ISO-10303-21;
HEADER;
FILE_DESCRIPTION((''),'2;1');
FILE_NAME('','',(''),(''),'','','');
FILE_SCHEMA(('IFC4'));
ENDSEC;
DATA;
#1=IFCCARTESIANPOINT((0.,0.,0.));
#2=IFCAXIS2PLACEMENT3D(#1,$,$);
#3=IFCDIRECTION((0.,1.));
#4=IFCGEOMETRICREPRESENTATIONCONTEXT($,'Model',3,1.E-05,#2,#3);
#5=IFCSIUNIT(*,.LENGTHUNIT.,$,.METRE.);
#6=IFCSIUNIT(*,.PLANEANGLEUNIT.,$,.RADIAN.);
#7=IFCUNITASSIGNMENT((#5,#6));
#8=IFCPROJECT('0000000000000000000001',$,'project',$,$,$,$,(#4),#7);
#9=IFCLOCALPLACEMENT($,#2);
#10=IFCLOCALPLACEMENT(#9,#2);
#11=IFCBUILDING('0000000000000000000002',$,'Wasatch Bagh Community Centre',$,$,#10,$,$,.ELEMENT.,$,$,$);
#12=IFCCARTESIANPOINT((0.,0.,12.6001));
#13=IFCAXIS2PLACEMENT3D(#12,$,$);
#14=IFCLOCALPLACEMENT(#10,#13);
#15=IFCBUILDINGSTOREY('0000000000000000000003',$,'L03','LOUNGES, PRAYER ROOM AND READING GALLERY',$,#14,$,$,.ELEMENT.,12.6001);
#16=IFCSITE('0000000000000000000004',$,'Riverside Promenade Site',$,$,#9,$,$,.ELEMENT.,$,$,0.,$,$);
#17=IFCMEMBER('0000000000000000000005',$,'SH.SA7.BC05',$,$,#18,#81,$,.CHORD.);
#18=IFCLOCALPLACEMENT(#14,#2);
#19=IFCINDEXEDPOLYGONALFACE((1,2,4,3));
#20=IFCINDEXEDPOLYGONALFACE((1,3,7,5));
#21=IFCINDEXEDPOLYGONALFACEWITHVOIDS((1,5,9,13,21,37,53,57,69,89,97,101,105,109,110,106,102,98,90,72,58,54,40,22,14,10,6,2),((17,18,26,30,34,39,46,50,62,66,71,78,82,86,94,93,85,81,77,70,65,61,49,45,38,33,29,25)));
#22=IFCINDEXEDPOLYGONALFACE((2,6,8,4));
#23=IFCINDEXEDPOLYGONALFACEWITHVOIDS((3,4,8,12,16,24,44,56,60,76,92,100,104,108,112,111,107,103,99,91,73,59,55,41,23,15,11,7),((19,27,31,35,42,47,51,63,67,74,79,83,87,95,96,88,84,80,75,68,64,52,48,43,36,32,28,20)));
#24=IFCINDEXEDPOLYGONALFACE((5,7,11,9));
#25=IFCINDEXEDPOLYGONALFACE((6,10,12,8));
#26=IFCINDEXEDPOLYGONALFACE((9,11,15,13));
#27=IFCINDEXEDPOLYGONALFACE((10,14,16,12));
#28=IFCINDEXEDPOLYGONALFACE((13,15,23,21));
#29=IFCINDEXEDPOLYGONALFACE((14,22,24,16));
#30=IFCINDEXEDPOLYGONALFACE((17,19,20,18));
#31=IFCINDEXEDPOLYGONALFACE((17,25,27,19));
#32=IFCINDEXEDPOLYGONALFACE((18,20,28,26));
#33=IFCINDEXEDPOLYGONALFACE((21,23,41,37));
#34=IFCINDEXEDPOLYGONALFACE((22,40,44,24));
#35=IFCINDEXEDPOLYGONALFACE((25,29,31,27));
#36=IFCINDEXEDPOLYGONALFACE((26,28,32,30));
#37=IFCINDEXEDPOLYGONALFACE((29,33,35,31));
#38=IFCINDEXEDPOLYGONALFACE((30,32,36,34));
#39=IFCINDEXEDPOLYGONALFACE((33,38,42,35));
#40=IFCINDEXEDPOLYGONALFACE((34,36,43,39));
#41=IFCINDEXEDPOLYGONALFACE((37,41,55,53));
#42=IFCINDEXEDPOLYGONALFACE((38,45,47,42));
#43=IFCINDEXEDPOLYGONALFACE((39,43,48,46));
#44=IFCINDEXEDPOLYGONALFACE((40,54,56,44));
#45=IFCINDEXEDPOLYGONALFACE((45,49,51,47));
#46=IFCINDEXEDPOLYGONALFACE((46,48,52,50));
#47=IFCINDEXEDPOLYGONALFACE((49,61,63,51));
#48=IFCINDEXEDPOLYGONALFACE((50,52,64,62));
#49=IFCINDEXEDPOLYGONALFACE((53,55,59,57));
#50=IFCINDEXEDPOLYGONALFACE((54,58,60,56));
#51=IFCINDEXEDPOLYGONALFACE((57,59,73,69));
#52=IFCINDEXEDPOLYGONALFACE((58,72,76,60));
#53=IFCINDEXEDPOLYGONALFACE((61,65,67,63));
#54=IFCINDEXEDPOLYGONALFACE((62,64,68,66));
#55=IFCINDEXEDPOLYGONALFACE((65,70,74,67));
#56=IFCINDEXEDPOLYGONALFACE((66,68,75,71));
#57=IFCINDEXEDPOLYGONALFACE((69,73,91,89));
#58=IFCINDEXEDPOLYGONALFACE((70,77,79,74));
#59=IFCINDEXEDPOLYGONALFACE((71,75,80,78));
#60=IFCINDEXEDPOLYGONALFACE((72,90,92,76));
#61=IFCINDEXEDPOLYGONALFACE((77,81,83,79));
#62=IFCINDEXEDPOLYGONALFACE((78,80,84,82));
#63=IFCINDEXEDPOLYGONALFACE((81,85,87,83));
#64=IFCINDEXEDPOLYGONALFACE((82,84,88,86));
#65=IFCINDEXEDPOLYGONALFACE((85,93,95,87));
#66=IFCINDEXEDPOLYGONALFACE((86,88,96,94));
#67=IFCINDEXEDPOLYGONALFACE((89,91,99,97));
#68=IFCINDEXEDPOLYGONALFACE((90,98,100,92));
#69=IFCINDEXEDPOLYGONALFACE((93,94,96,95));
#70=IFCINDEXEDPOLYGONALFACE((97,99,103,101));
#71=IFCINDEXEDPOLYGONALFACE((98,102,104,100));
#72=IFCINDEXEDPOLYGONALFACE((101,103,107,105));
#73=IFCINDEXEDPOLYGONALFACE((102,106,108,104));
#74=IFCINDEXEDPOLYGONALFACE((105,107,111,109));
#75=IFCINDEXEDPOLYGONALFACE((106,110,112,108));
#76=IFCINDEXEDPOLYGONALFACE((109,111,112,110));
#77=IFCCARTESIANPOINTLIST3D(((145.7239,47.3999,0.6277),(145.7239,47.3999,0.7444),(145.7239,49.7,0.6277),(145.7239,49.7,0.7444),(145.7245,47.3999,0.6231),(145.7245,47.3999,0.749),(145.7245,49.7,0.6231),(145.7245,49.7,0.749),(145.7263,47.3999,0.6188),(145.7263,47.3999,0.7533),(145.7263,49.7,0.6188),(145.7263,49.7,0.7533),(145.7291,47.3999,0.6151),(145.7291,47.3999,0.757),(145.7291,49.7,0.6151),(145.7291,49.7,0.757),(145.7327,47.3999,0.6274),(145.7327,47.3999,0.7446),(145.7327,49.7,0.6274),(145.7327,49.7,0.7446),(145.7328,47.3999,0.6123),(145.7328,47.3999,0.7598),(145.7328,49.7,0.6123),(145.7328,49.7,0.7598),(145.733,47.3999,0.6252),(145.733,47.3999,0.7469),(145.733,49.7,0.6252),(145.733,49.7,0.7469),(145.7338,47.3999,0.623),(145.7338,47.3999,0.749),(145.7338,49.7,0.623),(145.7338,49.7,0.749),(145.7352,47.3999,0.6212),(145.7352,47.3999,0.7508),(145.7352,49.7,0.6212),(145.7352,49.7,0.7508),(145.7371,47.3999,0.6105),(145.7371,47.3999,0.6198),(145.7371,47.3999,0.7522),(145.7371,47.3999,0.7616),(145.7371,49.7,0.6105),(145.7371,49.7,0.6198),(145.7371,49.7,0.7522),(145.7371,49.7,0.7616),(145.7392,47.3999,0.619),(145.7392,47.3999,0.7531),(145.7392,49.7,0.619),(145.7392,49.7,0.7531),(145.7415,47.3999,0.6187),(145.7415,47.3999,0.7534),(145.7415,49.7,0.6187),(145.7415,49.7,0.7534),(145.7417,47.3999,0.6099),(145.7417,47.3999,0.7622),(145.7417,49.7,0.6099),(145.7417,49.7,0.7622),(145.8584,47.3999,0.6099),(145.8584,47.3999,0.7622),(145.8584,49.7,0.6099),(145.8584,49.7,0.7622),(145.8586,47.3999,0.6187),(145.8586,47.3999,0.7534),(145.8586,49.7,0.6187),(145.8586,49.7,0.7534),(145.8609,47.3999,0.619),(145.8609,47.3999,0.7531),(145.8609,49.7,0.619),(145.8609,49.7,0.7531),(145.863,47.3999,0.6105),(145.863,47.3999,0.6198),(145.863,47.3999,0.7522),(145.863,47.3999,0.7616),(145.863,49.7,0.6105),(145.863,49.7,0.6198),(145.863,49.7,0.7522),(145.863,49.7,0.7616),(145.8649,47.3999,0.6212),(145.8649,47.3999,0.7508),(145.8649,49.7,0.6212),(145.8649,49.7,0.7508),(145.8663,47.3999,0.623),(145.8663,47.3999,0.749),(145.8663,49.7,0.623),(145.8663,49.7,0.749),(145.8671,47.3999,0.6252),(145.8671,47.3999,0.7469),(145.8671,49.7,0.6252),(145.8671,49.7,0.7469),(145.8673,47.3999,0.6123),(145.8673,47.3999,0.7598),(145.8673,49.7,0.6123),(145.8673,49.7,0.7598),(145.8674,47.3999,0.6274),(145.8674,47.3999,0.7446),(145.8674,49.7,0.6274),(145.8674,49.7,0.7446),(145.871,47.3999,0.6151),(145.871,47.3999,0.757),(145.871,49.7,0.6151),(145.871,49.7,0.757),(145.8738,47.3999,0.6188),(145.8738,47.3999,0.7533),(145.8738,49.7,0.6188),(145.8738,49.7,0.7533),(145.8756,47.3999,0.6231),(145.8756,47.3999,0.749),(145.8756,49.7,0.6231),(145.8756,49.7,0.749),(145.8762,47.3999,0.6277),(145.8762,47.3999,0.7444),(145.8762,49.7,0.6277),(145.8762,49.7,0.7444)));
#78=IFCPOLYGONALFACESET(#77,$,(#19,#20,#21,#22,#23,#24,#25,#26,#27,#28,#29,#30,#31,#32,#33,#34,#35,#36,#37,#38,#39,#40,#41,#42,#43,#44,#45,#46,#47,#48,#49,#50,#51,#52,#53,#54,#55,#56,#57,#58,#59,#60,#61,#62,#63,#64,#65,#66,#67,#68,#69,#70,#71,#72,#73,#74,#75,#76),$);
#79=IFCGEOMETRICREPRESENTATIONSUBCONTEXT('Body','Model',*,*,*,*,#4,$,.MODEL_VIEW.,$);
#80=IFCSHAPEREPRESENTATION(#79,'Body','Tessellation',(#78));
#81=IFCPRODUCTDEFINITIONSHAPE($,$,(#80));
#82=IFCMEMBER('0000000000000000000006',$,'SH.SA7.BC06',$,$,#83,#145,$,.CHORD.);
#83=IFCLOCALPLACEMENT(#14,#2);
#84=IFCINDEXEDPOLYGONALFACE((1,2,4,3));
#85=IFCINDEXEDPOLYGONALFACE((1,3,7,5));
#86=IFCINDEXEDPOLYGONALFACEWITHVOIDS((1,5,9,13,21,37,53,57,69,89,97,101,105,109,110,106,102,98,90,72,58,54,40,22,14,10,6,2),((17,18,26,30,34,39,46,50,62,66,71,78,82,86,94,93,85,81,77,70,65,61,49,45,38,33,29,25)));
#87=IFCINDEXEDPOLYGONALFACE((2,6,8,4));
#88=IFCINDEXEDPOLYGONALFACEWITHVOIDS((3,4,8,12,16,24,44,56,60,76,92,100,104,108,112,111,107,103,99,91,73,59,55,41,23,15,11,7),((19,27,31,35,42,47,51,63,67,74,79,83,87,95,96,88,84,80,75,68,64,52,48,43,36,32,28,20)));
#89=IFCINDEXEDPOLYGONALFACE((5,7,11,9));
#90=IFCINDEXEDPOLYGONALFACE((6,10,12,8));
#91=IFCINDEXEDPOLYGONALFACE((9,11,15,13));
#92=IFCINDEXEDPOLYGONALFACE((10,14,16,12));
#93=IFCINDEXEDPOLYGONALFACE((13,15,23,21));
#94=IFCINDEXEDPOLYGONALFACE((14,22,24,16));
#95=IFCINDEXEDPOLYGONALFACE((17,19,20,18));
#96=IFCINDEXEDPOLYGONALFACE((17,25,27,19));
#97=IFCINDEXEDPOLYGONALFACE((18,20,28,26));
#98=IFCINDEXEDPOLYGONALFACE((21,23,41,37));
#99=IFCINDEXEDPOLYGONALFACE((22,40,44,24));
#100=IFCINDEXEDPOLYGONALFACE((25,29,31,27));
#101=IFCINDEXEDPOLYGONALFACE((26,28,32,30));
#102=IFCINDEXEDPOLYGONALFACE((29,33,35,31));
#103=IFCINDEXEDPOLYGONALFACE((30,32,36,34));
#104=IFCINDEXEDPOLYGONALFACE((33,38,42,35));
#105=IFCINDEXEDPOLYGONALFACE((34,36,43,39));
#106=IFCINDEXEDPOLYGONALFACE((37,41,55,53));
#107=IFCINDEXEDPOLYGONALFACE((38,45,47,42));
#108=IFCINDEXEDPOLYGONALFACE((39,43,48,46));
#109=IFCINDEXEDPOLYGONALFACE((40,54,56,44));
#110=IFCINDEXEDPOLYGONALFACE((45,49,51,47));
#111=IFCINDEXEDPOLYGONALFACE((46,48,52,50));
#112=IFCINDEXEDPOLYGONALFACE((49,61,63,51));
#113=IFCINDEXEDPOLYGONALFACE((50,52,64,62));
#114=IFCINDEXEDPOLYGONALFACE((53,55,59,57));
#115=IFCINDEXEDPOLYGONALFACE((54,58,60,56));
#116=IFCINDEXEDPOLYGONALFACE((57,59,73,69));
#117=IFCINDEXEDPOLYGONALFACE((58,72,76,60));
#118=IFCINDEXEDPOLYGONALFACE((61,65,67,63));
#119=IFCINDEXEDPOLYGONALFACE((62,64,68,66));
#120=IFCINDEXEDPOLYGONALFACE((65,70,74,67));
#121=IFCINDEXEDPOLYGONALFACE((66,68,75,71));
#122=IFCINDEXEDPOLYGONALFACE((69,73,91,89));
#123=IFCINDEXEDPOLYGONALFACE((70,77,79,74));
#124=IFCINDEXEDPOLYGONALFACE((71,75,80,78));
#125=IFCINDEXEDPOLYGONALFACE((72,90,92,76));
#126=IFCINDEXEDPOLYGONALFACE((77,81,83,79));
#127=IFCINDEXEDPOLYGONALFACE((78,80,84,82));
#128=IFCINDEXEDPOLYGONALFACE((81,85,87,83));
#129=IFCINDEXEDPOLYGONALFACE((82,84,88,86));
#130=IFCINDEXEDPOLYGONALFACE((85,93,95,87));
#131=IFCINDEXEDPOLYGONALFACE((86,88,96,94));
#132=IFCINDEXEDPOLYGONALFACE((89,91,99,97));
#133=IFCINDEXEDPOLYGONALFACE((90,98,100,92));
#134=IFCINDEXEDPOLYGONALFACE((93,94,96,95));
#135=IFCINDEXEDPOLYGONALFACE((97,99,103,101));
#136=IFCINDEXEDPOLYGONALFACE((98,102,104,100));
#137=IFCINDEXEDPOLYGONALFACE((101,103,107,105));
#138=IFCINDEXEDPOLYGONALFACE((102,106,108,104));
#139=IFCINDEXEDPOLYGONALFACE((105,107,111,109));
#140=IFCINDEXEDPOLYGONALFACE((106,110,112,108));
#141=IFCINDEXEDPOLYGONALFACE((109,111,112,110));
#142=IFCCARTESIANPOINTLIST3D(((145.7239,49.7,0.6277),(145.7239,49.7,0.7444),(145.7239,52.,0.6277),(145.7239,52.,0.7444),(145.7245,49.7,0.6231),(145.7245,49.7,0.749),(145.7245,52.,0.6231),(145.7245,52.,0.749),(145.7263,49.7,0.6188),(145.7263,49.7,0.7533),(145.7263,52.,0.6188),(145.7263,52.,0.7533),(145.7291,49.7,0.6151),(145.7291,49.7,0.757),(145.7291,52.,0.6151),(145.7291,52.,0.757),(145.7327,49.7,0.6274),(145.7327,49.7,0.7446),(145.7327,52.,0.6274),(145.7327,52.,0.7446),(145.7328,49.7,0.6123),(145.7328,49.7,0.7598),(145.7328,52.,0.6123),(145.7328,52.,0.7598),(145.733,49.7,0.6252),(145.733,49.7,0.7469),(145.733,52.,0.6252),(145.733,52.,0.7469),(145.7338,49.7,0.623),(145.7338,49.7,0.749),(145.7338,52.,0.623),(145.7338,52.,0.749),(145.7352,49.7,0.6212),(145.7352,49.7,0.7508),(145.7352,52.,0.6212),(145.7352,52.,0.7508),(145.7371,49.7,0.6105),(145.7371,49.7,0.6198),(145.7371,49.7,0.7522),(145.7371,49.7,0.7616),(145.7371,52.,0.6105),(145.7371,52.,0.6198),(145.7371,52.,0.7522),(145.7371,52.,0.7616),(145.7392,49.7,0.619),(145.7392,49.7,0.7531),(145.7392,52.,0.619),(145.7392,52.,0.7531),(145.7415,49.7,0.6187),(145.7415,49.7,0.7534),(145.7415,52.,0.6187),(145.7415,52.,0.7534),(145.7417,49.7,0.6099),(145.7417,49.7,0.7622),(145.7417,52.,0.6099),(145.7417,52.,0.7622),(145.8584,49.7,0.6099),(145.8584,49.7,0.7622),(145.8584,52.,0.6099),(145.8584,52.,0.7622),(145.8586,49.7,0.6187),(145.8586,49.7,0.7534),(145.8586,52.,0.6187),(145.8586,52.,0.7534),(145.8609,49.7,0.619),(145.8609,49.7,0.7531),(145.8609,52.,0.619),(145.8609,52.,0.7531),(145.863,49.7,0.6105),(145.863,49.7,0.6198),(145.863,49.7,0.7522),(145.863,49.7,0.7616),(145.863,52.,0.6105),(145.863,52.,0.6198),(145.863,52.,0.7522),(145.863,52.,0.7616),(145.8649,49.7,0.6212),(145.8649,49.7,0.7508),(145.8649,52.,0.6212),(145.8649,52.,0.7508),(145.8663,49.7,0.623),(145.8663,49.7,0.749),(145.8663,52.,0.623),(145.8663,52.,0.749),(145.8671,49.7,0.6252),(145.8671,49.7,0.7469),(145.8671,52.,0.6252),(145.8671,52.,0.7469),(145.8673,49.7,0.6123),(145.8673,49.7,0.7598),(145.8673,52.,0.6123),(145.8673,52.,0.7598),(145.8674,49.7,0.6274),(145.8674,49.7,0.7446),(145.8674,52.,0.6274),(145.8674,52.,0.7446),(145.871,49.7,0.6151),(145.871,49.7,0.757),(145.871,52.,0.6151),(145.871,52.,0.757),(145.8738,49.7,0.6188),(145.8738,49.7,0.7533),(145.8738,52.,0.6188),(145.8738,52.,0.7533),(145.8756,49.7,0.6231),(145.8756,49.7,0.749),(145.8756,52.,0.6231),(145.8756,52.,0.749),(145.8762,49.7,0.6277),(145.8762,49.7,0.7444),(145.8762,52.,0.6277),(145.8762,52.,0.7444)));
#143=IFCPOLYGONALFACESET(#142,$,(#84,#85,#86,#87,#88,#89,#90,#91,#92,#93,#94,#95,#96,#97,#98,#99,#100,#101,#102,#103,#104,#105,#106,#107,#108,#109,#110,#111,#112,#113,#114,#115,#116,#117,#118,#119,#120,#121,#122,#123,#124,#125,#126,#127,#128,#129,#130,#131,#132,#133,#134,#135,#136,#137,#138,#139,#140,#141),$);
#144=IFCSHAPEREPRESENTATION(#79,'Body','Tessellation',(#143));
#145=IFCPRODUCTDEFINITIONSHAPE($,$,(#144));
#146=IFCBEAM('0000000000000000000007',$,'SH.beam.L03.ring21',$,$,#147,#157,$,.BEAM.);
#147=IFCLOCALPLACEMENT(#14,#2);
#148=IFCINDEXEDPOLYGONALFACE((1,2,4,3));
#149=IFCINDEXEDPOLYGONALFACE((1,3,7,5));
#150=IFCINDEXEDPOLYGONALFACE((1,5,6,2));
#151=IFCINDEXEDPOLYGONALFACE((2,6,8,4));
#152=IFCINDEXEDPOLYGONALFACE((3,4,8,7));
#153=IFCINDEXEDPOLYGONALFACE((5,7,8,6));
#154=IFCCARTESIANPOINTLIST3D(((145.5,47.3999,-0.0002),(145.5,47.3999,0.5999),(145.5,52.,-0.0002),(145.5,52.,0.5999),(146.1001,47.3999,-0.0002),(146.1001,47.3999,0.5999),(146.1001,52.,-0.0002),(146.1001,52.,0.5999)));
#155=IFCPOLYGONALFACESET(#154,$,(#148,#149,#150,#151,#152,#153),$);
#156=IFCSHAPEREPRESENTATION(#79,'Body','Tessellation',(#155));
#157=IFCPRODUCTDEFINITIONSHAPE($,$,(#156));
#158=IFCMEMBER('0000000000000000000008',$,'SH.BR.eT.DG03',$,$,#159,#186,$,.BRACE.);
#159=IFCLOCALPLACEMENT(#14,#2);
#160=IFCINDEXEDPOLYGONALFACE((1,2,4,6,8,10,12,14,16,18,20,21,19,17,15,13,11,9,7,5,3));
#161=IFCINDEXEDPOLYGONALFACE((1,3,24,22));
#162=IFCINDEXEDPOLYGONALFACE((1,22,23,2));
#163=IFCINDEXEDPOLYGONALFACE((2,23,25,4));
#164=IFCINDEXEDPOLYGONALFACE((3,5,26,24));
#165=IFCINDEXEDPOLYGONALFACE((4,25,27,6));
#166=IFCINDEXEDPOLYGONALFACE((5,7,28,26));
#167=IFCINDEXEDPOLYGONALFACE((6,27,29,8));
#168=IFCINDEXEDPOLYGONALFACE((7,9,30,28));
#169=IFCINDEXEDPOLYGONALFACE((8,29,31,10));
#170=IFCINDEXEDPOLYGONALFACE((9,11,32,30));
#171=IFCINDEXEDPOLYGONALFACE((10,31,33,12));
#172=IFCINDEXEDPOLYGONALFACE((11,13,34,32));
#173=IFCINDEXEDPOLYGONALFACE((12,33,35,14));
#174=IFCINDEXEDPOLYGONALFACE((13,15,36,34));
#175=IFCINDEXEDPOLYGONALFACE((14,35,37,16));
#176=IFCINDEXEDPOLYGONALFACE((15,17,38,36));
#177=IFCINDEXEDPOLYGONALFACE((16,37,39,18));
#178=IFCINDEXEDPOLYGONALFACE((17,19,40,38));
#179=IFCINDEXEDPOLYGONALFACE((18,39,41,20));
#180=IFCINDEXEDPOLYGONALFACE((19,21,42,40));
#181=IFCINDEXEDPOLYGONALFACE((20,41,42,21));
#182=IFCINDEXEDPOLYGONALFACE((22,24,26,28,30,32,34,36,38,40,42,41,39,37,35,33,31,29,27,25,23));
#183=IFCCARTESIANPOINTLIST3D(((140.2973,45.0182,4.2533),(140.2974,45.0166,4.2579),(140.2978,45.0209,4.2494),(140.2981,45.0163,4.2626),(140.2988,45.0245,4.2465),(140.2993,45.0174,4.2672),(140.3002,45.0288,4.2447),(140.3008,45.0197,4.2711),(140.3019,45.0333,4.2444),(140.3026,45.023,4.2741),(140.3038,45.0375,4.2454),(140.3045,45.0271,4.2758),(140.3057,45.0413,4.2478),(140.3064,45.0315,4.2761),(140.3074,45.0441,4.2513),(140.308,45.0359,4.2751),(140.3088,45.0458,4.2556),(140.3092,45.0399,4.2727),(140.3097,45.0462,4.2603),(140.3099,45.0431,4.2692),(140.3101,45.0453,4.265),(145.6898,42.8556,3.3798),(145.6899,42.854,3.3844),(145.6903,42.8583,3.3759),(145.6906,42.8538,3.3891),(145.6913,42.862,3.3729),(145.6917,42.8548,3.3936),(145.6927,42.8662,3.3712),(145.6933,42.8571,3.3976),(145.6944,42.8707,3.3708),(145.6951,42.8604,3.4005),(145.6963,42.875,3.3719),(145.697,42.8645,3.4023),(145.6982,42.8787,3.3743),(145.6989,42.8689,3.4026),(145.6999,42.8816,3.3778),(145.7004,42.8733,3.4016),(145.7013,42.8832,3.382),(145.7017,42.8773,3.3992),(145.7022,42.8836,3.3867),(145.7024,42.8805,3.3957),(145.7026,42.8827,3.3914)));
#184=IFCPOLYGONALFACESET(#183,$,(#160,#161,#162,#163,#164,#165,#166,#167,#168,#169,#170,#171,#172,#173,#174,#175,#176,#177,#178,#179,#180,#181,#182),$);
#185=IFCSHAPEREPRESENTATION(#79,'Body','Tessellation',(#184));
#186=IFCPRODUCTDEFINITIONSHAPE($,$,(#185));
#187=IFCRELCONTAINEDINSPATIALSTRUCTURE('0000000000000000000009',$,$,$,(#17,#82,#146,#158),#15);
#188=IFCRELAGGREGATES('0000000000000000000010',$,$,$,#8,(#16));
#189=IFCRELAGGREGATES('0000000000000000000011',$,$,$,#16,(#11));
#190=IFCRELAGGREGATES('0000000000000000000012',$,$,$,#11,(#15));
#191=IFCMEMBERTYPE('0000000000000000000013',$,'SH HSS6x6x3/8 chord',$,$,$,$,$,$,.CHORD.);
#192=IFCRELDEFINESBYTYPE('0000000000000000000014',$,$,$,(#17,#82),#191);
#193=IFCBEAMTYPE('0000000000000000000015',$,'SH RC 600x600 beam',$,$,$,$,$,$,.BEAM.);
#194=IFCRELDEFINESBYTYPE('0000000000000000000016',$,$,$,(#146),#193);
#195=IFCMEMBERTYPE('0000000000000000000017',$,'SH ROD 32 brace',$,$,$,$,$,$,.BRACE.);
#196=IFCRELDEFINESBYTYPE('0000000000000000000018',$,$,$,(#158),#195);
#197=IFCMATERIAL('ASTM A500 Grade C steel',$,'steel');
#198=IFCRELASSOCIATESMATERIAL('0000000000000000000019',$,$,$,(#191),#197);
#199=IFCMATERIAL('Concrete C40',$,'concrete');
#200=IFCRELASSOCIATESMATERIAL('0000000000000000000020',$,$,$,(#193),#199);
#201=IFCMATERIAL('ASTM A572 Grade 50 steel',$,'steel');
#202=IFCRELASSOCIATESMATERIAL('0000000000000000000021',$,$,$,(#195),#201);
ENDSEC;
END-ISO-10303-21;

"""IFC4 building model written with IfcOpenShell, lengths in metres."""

from ifc_helpers import new_model, si_unit, direction, frame, origin, origin_2d, place, context, subcontext, project, spatial, rectangle, hollow_rectangle, circle, extrude, material, material_profile, profile_set, type_object, element, save


model = new_model("IFC4")

# Units and contexts
model_context = context("Model", 3, precision=1e-05, world=origin(), true_north=direction((0.0, 1.0)))
body_context = subcontext(model_context, "Body", "Model", "MODEL_VIEW")
ifc_project = project(units=[si_unit("LENGTHUNIT", "METRE"), si_unit("PLANEANGLEUNIT", "RADIAN")], contexts=[model_context])

# Site, building, storey
site_placement = place(None, origin())
site = spatial("IfcSite", under=ifc_project, at=site_placement, Name="Riverside Promenade Site", CompositionType="ELEMENT", RefElevation=0.0)
building_placement = place(site_placement, origin())
building = spatial("IfcBuilding", under=site, at=building_placement, Name="Wasatch Bagh Community Centre", CompositionType="ELEMENT")
storey_placement = place(building_placement, frame((0.0, 0.0, 12.6001)))
storey = spatial("IfcBuildingStorey", under=building, at=storey_placement, Name="L03", Description="LOUNGES, PRAYER ROOM AND READING GALLERY", CompositionType="ELEMENT", Elevation=12.6001)

# Members
ifc_material_1 = material(Name="ASTM A500 Grade C steel", Category="steel")
ifc_material_profile_1 = material_profile(ifc_material_1, hollow_rectangle(XDim=0.1523, YDim=0.1523, WallThickness=0.0088, InnerFilletRadius=0.0088, OuterFilletRadius=0.0178, at=origin_2d()), Name="HSS6x6x3/8")
ifc_profile_set_1 = profile_set([ifc_material_profile_1], Name="ASTM A500 Grade C steel")
member_type_1 = type_object("IfcMemberType", Name="SH HSS6x6x3/8 chord", PredefinedType="CHORD", material=ifc_profile_set_1)
for number, where, z_axis, x_axis, name in (
    (1, (145.8, 47.3999, 0.686), (0.0, 1.0, 0.0), (-1.0, 0.0, 0.0), "SH.SA7.BC05"),
    (2, (145.8, 49.7, 0.686), (0.0, 1.0, 0.0), (-1.0, 0.0, 0.0), "SH.SA7.BC06"),
):
    element("IfcMember", number, at=place(storey_placement, frame(where, z_axis=z_axis, x_axis=x_axis)), inside=storey, type_object=member_type_1, Name=name, PredefinedType="CHORD", context=body_context, shape_type="SweptSolid", body=[
        extrude(hollow_rectangle(XDim=0.1523, YDim=0.1523, WallThickness=0.0088, InnerFilletRadius=0.0088, OuterFilletRadius=0.0178, at=origin_2d()), origin(), (0.0, 0.0, 1.0), 2.3),
    ])

# Beam
ifc_material_2 = material(Name="Concrete C40", Category="concrete")
ifc_material_profile_2 = material_profile(ifc_material_2, rectangle(XDim=0.6001, YDim=0.6001, at=origin_2d()), Name="RC 600x600")
ifc_profile_set_2 = profile_set([ifc_material_profile_2], Name="Concrete C40")
beam_type = type_object("IfcBeamType", Name="SH RC 600x600 beam", PredefinedType="BEAM", material=ifc_profile_set_2)
beam_placement = place(storey_placement, frame((145.8, 47.3999, 0.2998), z_axis=(0.0, 1.0, 0.0), x_axis=(-1.0, 0.0, 0.0)))
element("IfcBeam", 3, at=beam_placement, inside=storey, type_object=beam_type, Name="SH.beam.L03.ring21", PredefinedType="BEAM", context=body_context, shape_type="SweptSolid", body=[
    extrude(rectangle(XDim=0.6001, YDim=0.6001, at=origin_2d()), origin(), (0.0, 0.0, 1.0), 4.6001),
])

# Member
ifc_material_3 = material(Name="ASTM A572 Grade 50 steel", Category="steel")
ifc_material_profile_3 = material_profile(ifc_material_3, circle(Radius=0.0161, at=origin_2d()), Name="ROD 32")
ifc_profile_set_3 = profile_set([ifc_material_profile_3], Name="ASTM A572 Grade 50 steel")
member_type_2 = type_object("IfcMemberType", Name="SH ROD 32 brace", PredefinedType="BRACE", material=ifc_profile_set_3)
member_1_placement = place(storey_placement, frame((140.3037, 45.0312, 4.2603), z_axis=(0.91783, -0.36808, -0.148678), x_axis=(0.372216, 0.928146, 0.0)))
element("IfcMember", 4, at=member_1_placement, inside=storey, type_object=member_type_2, Name="SH.BR.eT.DG03", PredefinedType="BRACE", context=body_context, shape_type="SweptSolid", body=[
    extrude(circle(Radius=0.0161, at=origin_2d()), origin(), (0.0, 0.0, 1.0), 5.8752),
])

save(model, "model.ifc")
